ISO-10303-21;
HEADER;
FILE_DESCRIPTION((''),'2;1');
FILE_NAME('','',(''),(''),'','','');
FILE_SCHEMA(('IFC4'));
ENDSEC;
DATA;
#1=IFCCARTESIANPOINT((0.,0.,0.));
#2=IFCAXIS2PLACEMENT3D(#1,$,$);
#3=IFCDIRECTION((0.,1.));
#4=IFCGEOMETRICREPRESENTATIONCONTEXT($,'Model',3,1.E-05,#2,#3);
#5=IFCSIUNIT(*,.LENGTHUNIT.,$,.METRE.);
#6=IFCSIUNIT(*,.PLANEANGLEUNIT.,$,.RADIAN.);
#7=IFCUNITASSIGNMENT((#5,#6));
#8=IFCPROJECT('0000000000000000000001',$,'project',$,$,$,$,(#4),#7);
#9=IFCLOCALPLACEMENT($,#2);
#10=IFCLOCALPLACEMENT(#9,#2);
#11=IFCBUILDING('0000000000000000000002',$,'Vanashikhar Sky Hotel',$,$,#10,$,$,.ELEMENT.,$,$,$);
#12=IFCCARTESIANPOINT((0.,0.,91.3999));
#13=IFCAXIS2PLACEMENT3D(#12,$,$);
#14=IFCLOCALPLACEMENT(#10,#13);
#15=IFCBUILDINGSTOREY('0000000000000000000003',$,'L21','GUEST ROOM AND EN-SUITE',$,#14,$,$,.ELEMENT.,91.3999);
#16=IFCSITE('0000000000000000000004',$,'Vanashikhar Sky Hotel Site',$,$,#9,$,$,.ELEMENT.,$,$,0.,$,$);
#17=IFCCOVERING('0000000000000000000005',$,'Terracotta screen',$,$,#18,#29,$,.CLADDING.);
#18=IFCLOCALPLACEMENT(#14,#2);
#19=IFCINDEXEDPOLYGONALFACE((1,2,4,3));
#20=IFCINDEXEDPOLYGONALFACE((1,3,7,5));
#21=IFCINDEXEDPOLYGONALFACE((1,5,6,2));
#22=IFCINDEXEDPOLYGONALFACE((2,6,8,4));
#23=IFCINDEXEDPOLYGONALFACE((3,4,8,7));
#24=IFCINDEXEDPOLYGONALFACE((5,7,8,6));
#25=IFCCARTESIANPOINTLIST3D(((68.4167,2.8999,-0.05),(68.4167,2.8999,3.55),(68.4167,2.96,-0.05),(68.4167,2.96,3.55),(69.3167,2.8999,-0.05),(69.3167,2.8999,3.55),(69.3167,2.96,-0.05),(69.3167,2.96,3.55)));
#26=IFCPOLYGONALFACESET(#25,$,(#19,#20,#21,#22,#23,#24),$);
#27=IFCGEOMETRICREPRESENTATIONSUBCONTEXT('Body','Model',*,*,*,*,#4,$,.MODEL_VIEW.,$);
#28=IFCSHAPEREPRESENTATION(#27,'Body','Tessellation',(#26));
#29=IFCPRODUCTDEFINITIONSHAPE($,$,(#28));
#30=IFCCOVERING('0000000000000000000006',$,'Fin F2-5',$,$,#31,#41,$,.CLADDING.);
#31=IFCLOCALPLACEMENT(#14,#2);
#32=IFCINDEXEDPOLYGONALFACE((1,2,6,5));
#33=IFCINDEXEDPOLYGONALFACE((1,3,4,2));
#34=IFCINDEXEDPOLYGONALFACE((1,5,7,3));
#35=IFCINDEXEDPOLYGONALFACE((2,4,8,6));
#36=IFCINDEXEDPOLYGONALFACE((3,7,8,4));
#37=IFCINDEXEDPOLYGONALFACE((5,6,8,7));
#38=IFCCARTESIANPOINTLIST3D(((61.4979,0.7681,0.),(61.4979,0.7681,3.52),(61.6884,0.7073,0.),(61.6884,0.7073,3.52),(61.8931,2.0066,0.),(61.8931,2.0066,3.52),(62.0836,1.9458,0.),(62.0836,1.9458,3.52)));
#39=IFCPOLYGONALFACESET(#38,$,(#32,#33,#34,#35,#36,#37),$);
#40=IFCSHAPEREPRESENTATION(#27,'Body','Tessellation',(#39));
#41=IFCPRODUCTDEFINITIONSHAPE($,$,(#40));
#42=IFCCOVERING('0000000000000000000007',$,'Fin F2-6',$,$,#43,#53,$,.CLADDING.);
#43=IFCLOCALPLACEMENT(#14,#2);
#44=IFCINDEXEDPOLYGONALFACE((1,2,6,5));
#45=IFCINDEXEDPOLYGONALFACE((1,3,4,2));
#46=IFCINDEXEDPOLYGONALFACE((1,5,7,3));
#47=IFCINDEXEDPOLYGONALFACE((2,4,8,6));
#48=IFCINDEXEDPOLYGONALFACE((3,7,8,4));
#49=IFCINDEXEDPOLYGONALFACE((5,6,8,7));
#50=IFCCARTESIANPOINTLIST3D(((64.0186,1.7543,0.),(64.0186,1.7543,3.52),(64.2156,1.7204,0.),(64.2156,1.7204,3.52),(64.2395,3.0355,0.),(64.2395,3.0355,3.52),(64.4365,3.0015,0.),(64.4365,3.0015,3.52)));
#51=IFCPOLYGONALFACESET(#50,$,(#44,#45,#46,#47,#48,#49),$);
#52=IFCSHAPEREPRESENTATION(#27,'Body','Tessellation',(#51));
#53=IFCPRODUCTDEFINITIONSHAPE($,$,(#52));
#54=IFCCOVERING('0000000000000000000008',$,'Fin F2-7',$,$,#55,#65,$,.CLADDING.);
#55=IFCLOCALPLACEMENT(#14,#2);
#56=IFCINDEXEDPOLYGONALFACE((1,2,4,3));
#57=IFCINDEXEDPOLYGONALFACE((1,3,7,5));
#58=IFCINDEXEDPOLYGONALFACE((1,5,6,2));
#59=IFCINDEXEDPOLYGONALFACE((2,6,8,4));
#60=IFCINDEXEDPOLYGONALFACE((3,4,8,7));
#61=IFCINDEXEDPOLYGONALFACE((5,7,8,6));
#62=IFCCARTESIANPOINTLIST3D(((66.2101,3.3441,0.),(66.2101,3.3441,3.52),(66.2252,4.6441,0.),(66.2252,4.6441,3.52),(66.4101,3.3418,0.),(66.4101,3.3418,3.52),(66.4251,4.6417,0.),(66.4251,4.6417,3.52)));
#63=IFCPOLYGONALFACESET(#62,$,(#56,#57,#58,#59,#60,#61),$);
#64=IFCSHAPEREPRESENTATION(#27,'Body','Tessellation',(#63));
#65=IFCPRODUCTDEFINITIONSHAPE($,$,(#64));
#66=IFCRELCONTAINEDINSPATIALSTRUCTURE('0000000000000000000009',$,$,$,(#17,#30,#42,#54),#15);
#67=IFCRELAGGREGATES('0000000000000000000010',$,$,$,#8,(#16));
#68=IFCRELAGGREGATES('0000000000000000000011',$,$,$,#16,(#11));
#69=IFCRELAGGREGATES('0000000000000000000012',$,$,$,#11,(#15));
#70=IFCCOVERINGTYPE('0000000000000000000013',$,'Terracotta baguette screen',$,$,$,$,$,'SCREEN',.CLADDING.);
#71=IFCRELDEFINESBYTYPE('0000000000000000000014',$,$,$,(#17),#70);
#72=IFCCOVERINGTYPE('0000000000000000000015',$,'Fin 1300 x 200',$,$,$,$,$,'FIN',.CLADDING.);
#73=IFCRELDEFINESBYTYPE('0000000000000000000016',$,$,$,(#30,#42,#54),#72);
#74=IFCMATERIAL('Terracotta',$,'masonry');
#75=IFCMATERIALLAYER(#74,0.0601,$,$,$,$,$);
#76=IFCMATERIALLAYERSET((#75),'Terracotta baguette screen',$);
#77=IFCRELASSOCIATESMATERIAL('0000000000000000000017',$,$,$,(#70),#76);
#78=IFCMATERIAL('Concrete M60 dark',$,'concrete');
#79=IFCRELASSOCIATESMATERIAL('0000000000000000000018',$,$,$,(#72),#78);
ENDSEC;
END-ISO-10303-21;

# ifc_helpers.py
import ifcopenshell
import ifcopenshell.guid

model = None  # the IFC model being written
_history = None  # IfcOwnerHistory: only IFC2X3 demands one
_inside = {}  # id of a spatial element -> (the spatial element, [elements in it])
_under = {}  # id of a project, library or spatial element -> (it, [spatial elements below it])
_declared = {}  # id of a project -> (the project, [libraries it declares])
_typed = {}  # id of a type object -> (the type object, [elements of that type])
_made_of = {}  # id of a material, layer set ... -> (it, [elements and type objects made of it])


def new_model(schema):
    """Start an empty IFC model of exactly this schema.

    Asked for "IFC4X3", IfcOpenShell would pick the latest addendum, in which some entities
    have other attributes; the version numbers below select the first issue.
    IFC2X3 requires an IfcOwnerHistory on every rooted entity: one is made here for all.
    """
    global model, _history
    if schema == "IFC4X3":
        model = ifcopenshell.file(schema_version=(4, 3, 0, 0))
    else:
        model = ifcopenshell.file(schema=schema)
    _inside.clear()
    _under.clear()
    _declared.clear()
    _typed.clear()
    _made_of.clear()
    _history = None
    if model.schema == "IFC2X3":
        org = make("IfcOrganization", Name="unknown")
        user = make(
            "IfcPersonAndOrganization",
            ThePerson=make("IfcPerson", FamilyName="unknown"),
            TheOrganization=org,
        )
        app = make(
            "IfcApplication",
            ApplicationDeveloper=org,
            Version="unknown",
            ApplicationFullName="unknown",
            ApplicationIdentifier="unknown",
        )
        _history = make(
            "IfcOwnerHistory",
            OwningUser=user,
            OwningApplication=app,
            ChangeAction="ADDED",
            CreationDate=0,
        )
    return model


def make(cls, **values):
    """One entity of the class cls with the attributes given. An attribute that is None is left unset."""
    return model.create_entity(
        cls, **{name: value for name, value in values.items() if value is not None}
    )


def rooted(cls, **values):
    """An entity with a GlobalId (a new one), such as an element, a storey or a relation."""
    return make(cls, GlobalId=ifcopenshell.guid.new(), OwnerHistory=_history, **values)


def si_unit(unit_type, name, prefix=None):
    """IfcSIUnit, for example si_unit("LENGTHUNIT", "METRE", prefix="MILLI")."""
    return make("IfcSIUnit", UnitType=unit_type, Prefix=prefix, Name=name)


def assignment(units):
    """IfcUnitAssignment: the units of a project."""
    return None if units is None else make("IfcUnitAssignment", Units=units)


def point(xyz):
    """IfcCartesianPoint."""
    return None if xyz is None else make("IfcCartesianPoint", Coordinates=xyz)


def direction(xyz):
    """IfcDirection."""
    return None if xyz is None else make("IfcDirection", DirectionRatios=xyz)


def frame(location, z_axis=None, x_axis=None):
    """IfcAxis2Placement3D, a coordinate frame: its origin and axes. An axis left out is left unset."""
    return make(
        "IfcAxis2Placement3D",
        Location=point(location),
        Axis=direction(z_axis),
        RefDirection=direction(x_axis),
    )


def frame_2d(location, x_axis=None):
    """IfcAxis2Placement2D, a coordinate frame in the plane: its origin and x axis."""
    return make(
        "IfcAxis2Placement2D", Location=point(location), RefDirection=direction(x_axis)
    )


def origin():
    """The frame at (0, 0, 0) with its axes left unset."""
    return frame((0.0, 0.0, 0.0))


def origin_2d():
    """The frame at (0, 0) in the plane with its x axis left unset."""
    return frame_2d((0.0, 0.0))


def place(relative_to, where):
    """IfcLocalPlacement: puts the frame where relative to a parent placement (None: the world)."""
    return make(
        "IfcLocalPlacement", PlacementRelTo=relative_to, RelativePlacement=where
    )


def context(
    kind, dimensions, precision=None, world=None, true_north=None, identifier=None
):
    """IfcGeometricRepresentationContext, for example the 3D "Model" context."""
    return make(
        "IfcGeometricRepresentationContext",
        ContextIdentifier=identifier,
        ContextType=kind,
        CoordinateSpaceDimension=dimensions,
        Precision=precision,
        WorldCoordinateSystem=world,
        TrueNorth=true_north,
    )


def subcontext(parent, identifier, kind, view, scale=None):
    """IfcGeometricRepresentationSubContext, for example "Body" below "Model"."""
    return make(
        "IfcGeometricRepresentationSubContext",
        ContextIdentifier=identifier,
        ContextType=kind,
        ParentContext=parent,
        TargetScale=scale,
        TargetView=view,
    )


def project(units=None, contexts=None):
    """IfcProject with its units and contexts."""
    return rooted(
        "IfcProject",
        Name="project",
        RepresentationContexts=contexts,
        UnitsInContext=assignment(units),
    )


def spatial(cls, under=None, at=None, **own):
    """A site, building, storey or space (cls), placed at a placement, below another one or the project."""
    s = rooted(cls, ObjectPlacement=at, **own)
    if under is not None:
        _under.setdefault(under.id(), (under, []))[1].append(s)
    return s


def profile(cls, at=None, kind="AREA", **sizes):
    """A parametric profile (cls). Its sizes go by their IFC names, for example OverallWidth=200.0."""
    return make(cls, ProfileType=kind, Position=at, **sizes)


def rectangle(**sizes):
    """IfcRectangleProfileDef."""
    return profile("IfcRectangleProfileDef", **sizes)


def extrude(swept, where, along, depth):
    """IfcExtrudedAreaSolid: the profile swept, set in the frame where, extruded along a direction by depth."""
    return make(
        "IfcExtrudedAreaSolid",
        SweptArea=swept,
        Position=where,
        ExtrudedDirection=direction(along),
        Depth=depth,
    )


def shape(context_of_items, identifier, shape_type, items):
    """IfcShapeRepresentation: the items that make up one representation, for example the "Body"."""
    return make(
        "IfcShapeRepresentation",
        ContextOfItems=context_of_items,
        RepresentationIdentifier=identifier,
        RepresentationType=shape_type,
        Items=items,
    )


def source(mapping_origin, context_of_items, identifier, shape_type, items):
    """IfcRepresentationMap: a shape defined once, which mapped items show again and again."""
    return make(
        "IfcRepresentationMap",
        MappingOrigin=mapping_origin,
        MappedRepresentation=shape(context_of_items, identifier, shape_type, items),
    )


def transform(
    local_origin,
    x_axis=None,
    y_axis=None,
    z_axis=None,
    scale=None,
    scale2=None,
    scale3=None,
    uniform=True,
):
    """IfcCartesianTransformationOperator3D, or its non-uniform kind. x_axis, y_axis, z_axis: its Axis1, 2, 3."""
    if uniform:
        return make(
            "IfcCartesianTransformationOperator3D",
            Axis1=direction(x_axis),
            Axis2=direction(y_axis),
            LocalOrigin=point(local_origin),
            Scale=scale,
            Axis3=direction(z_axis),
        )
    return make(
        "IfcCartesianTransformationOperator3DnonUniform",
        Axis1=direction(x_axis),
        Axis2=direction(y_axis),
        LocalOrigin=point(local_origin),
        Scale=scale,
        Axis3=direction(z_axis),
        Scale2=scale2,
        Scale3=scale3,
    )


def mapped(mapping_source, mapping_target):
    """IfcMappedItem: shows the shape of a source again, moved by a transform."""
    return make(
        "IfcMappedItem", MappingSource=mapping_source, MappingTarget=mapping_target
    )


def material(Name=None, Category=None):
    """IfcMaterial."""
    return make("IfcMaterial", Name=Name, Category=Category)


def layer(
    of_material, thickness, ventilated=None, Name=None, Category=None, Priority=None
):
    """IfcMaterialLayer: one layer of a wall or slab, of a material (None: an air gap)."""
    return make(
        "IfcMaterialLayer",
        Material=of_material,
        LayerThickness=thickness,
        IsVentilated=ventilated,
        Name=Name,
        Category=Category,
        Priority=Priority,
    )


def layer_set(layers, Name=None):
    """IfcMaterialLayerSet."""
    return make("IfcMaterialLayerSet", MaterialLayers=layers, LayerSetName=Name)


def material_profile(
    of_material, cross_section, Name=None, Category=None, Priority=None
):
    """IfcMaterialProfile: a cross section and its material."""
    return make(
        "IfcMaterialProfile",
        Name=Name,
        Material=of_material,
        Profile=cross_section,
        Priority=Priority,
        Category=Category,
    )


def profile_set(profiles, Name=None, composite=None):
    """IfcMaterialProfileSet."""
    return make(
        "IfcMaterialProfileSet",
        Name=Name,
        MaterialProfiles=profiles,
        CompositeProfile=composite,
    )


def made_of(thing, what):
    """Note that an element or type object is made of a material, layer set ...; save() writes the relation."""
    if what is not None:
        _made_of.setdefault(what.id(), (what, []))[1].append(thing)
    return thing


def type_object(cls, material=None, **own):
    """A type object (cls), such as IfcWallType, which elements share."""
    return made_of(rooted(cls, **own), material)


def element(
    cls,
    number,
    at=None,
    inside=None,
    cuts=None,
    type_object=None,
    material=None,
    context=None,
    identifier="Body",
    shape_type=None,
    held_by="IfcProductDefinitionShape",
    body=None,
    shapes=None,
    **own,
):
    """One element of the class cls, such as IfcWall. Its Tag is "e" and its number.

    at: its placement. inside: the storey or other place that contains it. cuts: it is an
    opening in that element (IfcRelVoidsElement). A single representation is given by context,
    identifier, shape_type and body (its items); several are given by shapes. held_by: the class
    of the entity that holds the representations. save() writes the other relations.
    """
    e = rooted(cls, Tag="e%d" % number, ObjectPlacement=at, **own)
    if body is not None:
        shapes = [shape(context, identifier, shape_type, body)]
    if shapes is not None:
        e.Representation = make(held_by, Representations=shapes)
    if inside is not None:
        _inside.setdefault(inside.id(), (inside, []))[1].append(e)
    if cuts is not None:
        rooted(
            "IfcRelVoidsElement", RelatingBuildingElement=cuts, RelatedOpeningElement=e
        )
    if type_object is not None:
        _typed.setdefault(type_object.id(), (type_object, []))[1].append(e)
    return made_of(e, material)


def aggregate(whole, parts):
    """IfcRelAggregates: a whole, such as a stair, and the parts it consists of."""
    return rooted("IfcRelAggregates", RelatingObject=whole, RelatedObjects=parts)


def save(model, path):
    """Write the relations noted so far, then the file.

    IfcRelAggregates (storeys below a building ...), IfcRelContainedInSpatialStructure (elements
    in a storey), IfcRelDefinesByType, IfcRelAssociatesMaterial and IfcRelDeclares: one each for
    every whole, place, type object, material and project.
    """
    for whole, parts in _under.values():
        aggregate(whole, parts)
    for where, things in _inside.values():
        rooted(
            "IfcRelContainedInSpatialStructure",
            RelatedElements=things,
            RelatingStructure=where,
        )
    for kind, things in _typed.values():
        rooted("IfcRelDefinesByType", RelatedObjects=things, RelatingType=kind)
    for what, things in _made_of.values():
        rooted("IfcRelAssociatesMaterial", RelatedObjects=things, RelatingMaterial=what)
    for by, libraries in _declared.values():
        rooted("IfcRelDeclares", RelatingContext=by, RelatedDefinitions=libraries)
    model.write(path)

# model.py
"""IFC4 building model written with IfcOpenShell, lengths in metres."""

from ifc_helpers import new_model, si_unit, direction, frame, origin, origin_2d, place, context, subcontext, project, spatial, rectangle, extrude, source, transform, mapped, material, layer, layer_set, material_profile, profile_set, type_object, element, save


model = new_model("IFC4")

# Units and contexts
model_context = context("Model", 3, precision=1e-05, world=origin(), true_north=direction((0.0, 1.0)))
body_context = subcontext(model_context, "Body", "Model", "MODEL_VIEW")
ifc_project = project(units=[si_unit("LENGTHUNIT", "METRE"), si_unit("PLANEANGLEUNIT", "RADIAN")], contexts=[model_context])

# Site, building, storey
site_placement = place(None, origin())
site = spatial("IfcSite", under=ifc_project, at=site_placement, Name="Vanashikhar Sky Hotel Site", CompositionType="ELEMENT", RefElevation=0.0)
building_placement = place(site_placement, origin())
building = spatial("IfcBuilding", under=site, at=building_placement, Name="Vanashikhar Sky Hotel", CompositionType="ELEMENT")
storey_placement = place(building_placement, frame((0.0, 0.0, 91.3999)))
storey = spatial("IfcBuildingStorey", under=building, at=storey_placement, Name="L21", Description="GUEST ROOM AND EN-SUITE", CompositionType="ELEMENT", Elevation=91.3999)

# Coverings
ifc_material_1 = material(Name="Terracotta", Category="masonry")
ifc_layer_1 = layer(ifc_material_1, 0.0601)
ifc_layer_set_1 = layer_set([ifc_layer_1], Name="Terracotta baguette screen")
covering_type_1 = type_object("IfcCoveringType", Name="Terracotta baguette screen", ElementType="SCREEN", PredefinedType="CLADDING", material=ifc_layer_set_1)
shared_shape_1 = source(origin(), body_context, "Body", "SweptSolid", [
    extrude(rectangle(XDim=0.8999, YDim=0.0601, at=origin_2d()), origin(), (0.0, 0.0, 1.0), 3.6001),
])
covering_placement = place(storey_placement, frame((68.8667, 2.9299, -0.05), z_axis=(0.0, 0.0, 1.0), x_axis=(1.0, 0.0, 0.0)))
element("IfcCovering", 1, at=covering_placement, inside=storey, type_object=covering_type_1, Name="Terracotta screen", PredefinedType="CLADDING", context=body_context, shape_type="MappedRepresentation", body=[
    mapped(shared_shape_1, transform((0.0, 0.0, 0.0), scale=1.0)),
])
ifc_material_2 = material(Name="Concrete M60 dark", Category="concrete")
ifc_material_profile_1 = material_profile(ifc_material_2, rectangle(XDim=1.3, YDim=0.2, at=origin_2d()))
ifc_profile_set_1 = profile_set([ifc_material_profile_1], Name="Fin 1300 x 200")
covering_type_2 = type_object("IfcCoveringType", Name="Fin 1300 x 200", ElementType="FIN", PredefinedType="CLADDING", material=ifc_profile_set_1)
shared_shape_2 = source(origin(), body_context, "Body", "SweptSolid", [
    extrude(rectangle(XDim=1.3, YDim=0.2, at=origin_2d()), origin(), (0.0, 0.0, 1.0), 3.52),
])
for number, where, z_axis, x_axis, name in (
    (2, (61.7908, 1.3569, 0.0), (0.0, 0.0, 1.0), (-0.303967, -0.952683, 0.0), "Fin F2-5"),
    (3, (64.2275, 2.3779, 0.0), (0.0, 0.0, 1.0), (-0.1699, -0.985461, 0.0), "Fin F2-6"),
    (4, (66.3176, 3.9929, 0.0), (0.0, 0.0, 1.0), (-0.011589, -0.999933, 0.0), "Fin F2-7"),
):
    element("IfcCovering", number, at=place(storey_placement, frame(where, z_axis=z_axis, x_axis=x_axis)), inside=storey, type_object=covering_type_2, Name=name, PredefinedType="CLADDING", context=body_context, shape_type="MappedRepresentation", body=[
        mapped(shared_shape_2, transform((0.0, 0.0, 0.0), scale=1.0)),
    ])

save(model, "model.ifc")
